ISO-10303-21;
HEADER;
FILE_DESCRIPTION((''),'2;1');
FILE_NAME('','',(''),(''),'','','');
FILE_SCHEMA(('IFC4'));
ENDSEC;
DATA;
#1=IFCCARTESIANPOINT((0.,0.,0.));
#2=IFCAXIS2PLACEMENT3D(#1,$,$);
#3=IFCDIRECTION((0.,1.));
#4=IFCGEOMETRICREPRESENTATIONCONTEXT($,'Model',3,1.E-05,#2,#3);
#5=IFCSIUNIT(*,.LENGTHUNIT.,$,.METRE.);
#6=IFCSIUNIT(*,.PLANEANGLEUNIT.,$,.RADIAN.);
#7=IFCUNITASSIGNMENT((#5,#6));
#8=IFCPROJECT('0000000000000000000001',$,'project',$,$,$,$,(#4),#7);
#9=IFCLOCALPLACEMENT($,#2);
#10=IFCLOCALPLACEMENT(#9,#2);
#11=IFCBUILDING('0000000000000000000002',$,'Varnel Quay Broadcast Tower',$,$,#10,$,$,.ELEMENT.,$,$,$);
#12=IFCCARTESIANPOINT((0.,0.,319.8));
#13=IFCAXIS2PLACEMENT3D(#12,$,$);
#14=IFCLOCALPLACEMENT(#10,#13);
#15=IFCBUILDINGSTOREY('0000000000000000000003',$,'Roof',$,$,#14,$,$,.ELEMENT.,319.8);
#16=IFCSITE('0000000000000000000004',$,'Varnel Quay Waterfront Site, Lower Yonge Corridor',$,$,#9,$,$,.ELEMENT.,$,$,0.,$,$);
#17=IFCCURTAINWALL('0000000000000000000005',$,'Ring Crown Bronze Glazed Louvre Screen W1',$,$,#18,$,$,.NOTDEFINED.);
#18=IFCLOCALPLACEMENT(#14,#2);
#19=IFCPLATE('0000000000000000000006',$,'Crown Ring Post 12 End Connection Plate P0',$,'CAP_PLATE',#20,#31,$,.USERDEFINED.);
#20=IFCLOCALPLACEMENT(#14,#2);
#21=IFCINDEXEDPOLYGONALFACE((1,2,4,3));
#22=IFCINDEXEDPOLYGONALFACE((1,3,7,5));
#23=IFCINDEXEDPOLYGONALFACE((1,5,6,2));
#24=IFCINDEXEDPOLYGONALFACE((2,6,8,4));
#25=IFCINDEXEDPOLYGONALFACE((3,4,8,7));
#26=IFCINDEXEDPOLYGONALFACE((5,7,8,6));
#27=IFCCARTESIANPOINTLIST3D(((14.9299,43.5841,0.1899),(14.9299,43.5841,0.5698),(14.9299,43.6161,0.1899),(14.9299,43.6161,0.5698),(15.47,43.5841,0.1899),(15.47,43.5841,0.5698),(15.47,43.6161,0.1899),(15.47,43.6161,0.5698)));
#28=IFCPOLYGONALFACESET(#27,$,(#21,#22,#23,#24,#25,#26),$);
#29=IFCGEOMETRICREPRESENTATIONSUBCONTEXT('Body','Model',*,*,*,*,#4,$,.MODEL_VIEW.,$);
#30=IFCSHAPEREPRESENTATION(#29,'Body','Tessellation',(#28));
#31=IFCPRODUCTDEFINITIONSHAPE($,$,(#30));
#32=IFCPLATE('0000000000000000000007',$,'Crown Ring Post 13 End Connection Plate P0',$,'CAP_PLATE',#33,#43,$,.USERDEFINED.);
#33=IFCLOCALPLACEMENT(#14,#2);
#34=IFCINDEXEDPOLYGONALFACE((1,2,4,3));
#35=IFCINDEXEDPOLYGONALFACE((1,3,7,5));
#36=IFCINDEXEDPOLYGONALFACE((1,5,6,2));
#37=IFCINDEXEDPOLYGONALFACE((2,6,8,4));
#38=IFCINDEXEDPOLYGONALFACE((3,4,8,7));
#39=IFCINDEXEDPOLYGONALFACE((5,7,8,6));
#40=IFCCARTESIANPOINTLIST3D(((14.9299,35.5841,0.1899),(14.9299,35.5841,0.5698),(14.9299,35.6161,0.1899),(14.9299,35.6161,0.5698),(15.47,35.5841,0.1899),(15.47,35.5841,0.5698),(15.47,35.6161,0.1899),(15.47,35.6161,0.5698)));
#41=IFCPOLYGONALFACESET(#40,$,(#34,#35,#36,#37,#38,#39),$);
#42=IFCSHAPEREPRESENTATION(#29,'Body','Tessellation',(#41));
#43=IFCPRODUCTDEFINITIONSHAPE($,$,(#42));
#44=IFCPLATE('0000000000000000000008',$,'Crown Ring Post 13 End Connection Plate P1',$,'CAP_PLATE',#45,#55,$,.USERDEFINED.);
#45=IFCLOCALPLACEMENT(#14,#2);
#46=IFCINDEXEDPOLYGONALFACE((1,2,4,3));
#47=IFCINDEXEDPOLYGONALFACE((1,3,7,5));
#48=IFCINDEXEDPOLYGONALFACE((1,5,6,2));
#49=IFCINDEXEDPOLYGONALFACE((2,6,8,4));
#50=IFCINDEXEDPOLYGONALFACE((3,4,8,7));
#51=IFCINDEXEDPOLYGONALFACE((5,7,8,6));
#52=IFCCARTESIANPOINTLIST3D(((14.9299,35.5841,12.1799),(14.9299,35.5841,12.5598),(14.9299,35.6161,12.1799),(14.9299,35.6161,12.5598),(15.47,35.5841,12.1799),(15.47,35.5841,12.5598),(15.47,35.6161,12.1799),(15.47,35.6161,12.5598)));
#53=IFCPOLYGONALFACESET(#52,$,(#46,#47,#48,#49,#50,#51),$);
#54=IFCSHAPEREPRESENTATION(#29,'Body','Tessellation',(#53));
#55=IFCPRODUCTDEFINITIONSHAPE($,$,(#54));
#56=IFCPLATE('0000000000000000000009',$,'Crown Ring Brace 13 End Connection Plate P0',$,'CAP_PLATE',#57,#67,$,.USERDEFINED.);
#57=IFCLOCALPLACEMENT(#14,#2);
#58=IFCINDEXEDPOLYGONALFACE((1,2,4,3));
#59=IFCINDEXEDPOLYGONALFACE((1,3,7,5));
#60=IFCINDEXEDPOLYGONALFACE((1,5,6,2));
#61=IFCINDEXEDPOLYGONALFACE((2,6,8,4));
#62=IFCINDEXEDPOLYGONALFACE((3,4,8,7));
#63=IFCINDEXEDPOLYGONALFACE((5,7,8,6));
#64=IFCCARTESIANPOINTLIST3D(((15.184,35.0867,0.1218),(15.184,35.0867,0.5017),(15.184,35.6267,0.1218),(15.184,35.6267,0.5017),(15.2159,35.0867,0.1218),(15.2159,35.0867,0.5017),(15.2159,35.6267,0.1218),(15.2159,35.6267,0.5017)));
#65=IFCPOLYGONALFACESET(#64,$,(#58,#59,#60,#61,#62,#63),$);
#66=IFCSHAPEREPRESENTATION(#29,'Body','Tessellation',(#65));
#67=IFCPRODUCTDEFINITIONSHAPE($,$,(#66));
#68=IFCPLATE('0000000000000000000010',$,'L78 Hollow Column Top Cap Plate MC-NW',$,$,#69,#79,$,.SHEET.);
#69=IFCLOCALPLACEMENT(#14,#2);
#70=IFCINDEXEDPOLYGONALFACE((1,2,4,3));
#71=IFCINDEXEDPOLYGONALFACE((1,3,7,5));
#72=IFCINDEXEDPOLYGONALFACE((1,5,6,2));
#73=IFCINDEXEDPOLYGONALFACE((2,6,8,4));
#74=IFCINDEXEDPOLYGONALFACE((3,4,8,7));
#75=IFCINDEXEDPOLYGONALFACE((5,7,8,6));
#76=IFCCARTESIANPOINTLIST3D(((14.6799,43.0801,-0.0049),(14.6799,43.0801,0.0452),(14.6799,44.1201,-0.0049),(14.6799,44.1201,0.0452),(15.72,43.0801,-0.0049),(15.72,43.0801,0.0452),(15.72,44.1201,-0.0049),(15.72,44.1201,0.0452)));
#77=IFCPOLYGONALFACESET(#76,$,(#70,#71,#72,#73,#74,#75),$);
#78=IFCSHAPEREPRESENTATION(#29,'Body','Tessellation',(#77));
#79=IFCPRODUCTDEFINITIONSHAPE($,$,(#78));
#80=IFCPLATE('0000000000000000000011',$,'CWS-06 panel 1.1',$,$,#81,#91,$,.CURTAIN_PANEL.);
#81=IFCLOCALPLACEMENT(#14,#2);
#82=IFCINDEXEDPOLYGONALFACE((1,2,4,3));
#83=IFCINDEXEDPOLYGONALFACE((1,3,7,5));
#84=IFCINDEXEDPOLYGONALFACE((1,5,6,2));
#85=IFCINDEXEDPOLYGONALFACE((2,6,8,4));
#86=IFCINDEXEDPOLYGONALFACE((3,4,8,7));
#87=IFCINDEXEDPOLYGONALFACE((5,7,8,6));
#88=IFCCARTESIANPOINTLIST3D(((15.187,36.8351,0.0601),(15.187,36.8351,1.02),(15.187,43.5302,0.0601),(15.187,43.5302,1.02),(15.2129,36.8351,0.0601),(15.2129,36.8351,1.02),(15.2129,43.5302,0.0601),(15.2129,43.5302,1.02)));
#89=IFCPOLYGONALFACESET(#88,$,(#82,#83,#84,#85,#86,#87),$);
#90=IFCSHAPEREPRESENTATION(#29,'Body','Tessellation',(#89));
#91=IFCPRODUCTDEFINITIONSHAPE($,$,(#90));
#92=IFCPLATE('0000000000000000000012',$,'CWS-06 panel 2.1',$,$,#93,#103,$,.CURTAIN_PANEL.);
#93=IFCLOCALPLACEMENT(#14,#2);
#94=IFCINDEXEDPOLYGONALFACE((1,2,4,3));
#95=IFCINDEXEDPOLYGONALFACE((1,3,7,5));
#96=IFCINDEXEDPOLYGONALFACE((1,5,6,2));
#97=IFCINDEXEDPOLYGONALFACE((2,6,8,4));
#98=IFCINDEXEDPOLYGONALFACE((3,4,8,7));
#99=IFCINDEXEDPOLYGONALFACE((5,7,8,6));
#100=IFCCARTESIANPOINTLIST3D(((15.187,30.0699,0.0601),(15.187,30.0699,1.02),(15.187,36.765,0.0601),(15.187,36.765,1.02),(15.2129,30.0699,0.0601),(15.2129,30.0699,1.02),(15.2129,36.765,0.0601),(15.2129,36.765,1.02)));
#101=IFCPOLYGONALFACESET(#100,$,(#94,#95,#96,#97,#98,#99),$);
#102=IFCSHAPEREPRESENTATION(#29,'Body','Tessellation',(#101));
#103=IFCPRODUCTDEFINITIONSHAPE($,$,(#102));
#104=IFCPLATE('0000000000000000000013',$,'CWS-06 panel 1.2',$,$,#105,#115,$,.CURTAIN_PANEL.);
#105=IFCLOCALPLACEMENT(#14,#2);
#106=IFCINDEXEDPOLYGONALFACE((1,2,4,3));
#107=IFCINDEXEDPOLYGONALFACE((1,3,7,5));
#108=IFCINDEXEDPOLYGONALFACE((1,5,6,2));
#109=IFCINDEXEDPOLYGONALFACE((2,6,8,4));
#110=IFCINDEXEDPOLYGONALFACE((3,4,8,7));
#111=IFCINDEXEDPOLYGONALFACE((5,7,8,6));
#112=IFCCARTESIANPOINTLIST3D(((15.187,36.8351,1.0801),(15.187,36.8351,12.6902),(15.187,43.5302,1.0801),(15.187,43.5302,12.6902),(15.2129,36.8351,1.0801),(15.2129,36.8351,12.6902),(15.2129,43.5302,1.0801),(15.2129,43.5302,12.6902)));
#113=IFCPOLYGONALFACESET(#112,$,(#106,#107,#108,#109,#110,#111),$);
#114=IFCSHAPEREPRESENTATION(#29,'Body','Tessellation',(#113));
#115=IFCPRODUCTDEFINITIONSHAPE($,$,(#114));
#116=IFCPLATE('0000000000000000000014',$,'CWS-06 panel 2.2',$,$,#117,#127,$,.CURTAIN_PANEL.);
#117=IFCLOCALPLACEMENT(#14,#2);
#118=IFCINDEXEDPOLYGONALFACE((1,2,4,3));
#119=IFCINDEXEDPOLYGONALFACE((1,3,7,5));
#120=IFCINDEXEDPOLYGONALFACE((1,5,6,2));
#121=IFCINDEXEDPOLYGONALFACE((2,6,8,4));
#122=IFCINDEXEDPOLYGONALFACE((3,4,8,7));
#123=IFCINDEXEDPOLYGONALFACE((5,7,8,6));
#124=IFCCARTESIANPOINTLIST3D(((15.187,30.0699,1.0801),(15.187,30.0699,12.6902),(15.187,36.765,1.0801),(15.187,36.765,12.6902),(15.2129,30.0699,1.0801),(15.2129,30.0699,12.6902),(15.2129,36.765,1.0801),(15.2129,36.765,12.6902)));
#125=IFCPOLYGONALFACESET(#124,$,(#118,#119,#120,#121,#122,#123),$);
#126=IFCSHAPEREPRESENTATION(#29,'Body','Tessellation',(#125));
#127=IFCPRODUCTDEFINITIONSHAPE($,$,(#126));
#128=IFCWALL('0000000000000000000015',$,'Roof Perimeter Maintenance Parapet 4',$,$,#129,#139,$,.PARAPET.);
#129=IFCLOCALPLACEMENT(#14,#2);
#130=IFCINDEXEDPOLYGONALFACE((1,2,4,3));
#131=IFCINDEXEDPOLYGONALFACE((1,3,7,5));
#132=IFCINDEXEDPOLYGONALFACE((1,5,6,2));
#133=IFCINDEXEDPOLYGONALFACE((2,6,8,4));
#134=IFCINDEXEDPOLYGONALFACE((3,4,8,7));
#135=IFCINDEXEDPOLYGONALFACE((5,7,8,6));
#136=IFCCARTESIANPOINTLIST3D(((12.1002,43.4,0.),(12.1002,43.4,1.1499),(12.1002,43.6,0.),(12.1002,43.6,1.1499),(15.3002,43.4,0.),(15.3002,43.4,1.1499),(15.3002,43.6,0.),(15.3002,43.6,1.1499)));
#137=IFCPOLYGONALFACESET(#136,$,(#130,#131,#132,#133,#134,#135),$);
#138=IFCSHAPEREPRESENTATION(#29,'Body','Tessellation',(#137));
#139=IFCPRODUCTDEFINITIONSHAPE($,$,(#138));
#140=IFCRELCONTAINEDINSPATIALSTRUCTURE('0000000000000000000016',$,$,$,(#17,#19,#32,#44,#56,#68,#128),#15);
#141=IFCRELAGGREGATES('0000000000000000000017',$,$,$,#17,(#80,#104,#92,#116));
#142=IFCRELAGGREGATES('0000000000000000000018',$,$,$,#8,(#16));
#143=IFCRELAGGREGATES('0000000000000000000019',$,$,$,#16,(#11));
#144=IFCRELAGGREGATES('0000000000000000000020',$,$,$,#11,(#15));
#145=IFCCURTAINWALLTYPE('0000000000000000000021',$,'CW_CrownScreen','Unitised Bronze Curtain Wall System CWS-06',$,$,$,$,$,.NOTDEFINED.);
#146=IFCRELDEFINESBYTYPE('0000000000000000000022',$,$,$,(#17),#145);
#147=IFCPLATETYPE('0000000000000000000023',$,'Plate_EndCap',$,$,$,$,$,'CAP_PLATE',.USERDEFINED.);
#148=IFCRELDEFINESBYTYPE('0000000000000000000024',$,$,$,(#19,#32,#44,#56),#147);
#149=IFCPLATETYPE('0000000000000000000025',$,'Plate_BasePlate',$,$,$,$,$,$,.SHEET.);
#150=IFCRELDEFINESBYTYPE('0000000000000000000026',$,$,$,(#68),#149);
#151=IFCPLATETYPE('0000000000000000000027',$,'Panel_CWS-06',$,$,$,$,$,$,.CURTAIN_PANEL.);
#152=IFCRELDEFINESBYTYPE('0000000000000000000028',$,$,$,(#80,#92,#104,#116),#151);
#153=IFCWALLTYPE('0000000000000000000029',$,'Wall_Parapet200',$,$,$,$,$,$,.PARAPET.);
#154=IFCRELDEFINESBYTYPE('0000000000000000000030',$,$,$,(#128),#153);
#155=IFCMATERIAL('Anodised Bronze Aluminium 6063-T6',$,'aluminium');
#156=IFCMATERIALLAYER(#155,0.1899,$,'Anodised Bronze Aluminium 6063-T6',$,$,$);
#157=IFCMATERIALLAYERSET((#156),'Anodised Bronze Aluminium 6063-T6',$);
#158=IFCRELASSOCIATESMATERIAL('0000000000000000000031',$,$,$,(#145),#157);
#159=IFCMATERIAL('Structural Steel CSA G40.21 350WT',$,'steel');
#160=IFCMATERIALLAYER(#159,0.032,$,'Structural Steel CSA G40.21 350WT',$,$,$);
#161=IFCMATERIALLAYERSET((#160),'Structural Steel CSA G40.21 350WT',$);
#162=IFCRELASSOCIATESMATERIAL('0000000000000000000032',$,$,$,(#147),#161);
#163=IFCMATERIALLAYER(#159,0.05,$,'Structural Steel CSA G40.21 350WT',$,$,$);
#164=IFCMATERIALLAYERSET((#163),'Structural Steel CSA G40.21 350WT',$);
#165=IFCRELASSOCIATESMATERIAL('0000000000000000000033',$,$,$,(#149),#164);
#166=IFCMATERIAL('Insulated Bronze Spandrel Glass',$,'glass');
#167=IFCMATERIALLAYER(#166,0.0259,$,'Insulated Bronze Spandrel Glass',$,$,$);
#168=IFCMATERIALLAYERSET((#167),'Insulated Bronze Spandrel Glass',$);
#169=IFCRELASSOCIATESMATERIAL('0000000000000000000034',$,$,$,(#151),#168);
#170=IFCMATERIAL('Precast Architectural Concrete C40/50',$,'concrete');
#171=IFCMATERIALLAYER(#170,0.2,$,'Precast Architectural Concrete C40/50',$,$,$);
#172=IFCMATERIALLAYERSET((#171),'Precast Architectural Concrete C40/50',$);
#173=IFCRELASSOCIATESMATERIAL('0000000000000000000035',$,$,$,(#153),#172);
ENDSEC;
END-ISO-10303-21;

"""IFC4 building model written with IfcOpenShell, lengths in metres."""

from ifc_helpers import new_model, si_unit, direction, frame, frame_2d, origin, origin_2d, place, context, subcontext, project, spatial, rectangle, extrude, source, transform, mapped, material, layer, layer_set, type_object, type_shapes, element, aggregate, save


model = new_model("IFC4")

# Units and contexts
model_context = context("Model", 3, precision=1e-05, world=origin(), true_north=direction((0.0, 1.0)))
body_context = subcontext(model_context, "Body", "Model", "MODEL_VIEW")
ifc_project = project(units=[si_unit("LENGTHUNIT", "METRE"), si_unit("PLANEANGLEUNIT", "RADIAN")], contexts=[model_context])

# Site, building, storey
site_placement = place(None, origin())
site = spatial("IfcSite", under=ifc_project, at=site_placement, Name="Varnel Quay Waterfront Site, Lower Yonge Corridor", CompositionType="ELEMENT", RefElevation=0.0)
building_placement = place(site_placement, origin())
building = spatial("IfcBuilding", under=site, at=building_placement, Name="Varnel Quay Broadcast Tower", CompositionType="ELEMENT")
storey_placement = place(building_placement, frame((0.0, 0.0, 319.8)))
storey = spatial("IfcBuildingStorey", under=building, at=storey_placement, Name="Roof", CompositionType="ELEMENT", Elevation=319.8)

# Shared definitions
ifc_material_1 = material(Name="Structural Steel CSA G40.21 350WT", Category="steel")

# Curtain wall
ifc_material_2 = material(Name="Anodised Bronze Aluminium 6063-T6", Category="aluminium")
ifc_layer_1 = layer(ifc_material_2, 0.1899, Name="Anodised Bronze Aluminium 6063-T6")
ifc_layer_set_1 = layer_set([ifc_layer_1], Name="Anodised Bronze Aluminium 6063-T6")
curtain_wall_type = type_object("IfcCurtainWallType", Name="CW_CrownScreen", Description="Unitised Bronze Curtain Wall System CWS-06", PredefinedType="NOTDEFINED", material=ifc_layer_set_1)
curtain_wall_placement = place(storey_placement, origin())
curtain_wall = element("IfcCurtainWall", 1, at=curtain_wall_placement, inside=storey, type_object=curtain_wall_type, Name="Ring Crown Bronze Glazed Louvre Screen W1", PredefinedType="NOTDEFINED")

# Plates
ifc_layer_2 = layer(ifc_material_1, 0.032, Name="Structural Steel CSA G40.21 350WT")
ifc_layer_set_2 = layer_set([ifc_layer_2], Name="Structural Steel CSA G40.21 350WT")
plate_type_1 = type_object("IfcPlateType", Name="Plate_EndCap", ElementType="CAP_PLATE", PredefinedType="USERDEFINED", material=ifc_layer_set_2)
shared_shape_1 = source(origin(), body_context, "Body", "SweptSolid", [
    extrude(rectangle(XDim=0.54, YDim=0.032, at=origin_2d()), origin(), (0.0, 0.0, 1.0), 0.3799),
])
type_shapes(plate_type_1, [shared_shape_1])
for number, where, z_axis, x_axis, name in (
    (2, (15.2, 43.6001, 0.1899), (0.0, 0.0, 1.0), (1.0, 0.0, 0.0), "Crown Ring Post 12 End Connection Plate P0"),
    (3, (15.2, 35.6001, 0.1899), (0.0, 0.0, 1.0), (1.0, 0.0, 0.0), "Crown Ring Post 13 End Connection Plate P0"),
    (4, (15.2, 35.6001, 12.1799), (0.0, 0.0, 1.0), (1.0, 0.0, 0.0), "Crown Ring Post 13 End Connection Plate P1"),
    (5, (15.2, 35.3567, 0.1218), (0.0, 0.0, 1.0), (0.0, 1.0, 0.0), "Crown Ring Brace 13 End Connection Plate P0"),
):
    element("IfcPlate", number, at=place(storey_placement, frame(where, z_axis=z_axis, x_axis=x_axis)), inside=storey, type_object=plate_type_1, Name=name, ObjectType="CAP_PLATE", PredefinedType="USERDEFINED", context=body_context, shape_type="MappedRepresentation", body=[
        mapped(shared_shape_1, transform((0.0, 0.0, 0.0), x_axis=(1.0, 0.0, 0.0), y_axis=(0.0, 1.0, 0.0), z_axis=(0.0, 0.0, 1.0), scale=1.0)),
    ])
ifc_layer_3 = layer(ifc_material_1, 0.05, Name="Structural Steel CSA G40.21 350WT")
ifc_layer_set_3 = layer_set([ifc_layer_3], Name="Structural Steel CSA G40.21 350WT")
plate_type_2 = type_object("IfcPlateType", Name="Plate_BasePlate", PredefinedType="SHEET", material=ifc_layer_set_3)
shared_shape_2 = source(origin(), body_context, "Body", "SweptSolid", [
    extrude(rectangle(XDim=1.04, YDim=1.04, at=origin_2d()), origin(), (0.0, 0.0, 1.0), 0.05),
])
type_shapes(plate_type_2, [shared_shape_2])
plate_1_placement = place(storey_placement, frame((15.2, 43.6001, -0.0049), z_axis=(0.0, 0.0, 1.0), x_axis=(1.0, 0.0, 0.0)))
element("IfcPlate", 6, at=plate_1_placement, inside=storey, type_object=plate_type_2, Name="L78 Hollow Column Top Cap Plate MC-NW", PredefinedType="SHEET", context=body_context, shape_type="MappedRepresentation", body=[
    mapped(shared_shape_2, transform((0.0, 0.0, 0.0), x_axis=(1.0, 0.0, 0.0), y_axis=(0.0, 1.0, 0.0), z_axis=(0.0, 0.0, 1.0), scale=1.0)),
])

# Plates
ifc_material_3 = material(Name="Insulated Bronze Spandrel Glass", Category="glass")
ifc_layer_4 = layer(ifc_material_3, 0.0259, Name="Insulated Bronze Spandrel Glass")
ifc_layer_set_4 = layer_set([ifc_layer_4], Name="Insulated Bronze Spandrel Glass")
plate_type_3 = type_object("IfcPlateType", Name="Panel_CWS-06", PredefinedType="CURTAIN_PANEL", material=ifc_layer_set_4)
shared_shape_3 = source(origin(), body_context, "Body", "SweptSolid", [
    extrude(rectangle(XDim=6.6951, YDim=0.0259, at=origin_2d()), origin(), (0.0, 0.0, 1.0), 0.96),
])
plate_2_placement = place(storey_placement, frame((15.2, 40.1826, 0.0601), z_axis=(0.0, 0.0, 1.0), x_axis=(0.0, -1.0, 0.0)))
plate_2 = element("IfcPlate", 7, at=plate_2_placement, type_object=plate_type_3, Name="CWS-06 panel 1.1", PredefinedType="CURTAIN_PANEL", context=body_context, shape_type="MappedRepresentation", body=[
    mapped(shared_shape_3, transform((0.0, 0.0, 0.0), x_axis=(1.0, 0.0, 0.0), y_axis=(0.0, 1.0, 0.0), z_axis=(0.0, 0.0, 1.0), scale=1.0)),
])
plate_3_placement = place(storey_placement, frame((15.2, 33.4175, 0.0601), z_axis=(0.0, 0.0, 1.0), x_axis=(0.0, -1.0, 0.0)))
plate_3 = element("IfcPlate", 8, at=plate_3_placement, type_object=plate_type_3, Name="CWS-06 panel 2.1", PredefinedType="CURTAIN_PANEL", context=body_context, shape_type="MappedRepresentation", body=[
    mapped(shared_shape_3, transform((0.0, 0.0, 0.0), x_axis=(1.0, 0.0, 0.0), y_axis=(0.0, 1.0, 0.0), z_axis=(0.0, 0.0, 1.0), scale=1.0)),
])
shared_shape_4 = source(origin(), body_context, "Body", "SweptSolid", [
    extrude(rectangle(XDim=6.6951, YDim=0.0259, at=origin_2d()), origin(), (0.0, 0.0, 1.0), 11.6101),
])
type_shapes(plate_type_3, [shared_shape_3, shared_shape_4])
plate_4_placement = place(storey_placement, frame((15.2, 40.1826, 1.0801), z_axis=(0.0, 0.0, 1.0), x_axis=(0.0, -1.0, 0.0)))
plate_4 = element("IfcPlate", 9, at=plate_4_placement, type_object=plate_type_3, Name="CWS-06 panel 1.2", PredefinedType="CURTAIN_PANEL", context=body_context, shape_type="MappedRepresentation", body=[
    mapped(shared_shape_4, transform((0.0, 0.0, 0.0), x_axis=(1.0, 0.0, 0.0), y_axis=(0.0, 1.0, 0.0), z_axis=(0.0, 0.0, 1.0), scale=1.0)),
])
plate_5_placement = place(storey_placement, frame((15.2, 33.4175, 1.0801), z_axis=(0.0, 0.0, 1.0), x_axis=(0.0, -1.0, 0.0)))
plate_5 = element("IfcPlate", 10, at=plate_5_placement, type_object=plate_type_3, Name="CWS-06 panel 2.2", PredefinedType="CURTAIN_PANEL", context=body_context, shape_type="MappedRepresentation", body=[
    mapped(shared_shape_4, transform((0.0, 0.0, 0.0), x_axis=(1.0, 0.0, 0.0), y_axis=(0.0, 1.0, 0.0), z_axis=(0.0, 0.0, 1.0), scale=1.0)),
])
aggregate(curtain_wall, [plate_2, plate_4, plate_3, plate_5])

# Wall
ifc_material_4 = material(Name="Precast Architectural Concrete C40/50", Category="concrete")
ifc_layer_5 = layer(ifc_material_4, 0.2, Name="Precast Architectural Concrete C40/50")
ifc_layer_set_5 = layer_set([ifc_layer_5], Name="Precast Architectural Concrete C40/50")
wall_type = type_object("IfcWallType", Name="Wall_Parapet200", PredefinedType="PARAPET", material=ifc_layer_set_5)
wall_placement = place(storey_placement, frame((12.1001, 43.5, 0.0), z_axis=(0.0, 0.0, 1.0), x_axis=(1.0, 0.0, 0.0)))
element("IfcWall", 11, at=wall_placement, inside=storey, type_object=wall_type, Name="Roof Perimeter Maintenance Parapet 4", PredefinedType="PARAPET", context=body_context, shape_type="SweptSolid", body=[
    extrude(rectangle(XDim=3.2, YDim=0.2, at=frame_2d((1.6001, 0.0))), origin(), (0.0, 0.0, 1.0), 1.1499),
])

save(model, "model.ifc")
